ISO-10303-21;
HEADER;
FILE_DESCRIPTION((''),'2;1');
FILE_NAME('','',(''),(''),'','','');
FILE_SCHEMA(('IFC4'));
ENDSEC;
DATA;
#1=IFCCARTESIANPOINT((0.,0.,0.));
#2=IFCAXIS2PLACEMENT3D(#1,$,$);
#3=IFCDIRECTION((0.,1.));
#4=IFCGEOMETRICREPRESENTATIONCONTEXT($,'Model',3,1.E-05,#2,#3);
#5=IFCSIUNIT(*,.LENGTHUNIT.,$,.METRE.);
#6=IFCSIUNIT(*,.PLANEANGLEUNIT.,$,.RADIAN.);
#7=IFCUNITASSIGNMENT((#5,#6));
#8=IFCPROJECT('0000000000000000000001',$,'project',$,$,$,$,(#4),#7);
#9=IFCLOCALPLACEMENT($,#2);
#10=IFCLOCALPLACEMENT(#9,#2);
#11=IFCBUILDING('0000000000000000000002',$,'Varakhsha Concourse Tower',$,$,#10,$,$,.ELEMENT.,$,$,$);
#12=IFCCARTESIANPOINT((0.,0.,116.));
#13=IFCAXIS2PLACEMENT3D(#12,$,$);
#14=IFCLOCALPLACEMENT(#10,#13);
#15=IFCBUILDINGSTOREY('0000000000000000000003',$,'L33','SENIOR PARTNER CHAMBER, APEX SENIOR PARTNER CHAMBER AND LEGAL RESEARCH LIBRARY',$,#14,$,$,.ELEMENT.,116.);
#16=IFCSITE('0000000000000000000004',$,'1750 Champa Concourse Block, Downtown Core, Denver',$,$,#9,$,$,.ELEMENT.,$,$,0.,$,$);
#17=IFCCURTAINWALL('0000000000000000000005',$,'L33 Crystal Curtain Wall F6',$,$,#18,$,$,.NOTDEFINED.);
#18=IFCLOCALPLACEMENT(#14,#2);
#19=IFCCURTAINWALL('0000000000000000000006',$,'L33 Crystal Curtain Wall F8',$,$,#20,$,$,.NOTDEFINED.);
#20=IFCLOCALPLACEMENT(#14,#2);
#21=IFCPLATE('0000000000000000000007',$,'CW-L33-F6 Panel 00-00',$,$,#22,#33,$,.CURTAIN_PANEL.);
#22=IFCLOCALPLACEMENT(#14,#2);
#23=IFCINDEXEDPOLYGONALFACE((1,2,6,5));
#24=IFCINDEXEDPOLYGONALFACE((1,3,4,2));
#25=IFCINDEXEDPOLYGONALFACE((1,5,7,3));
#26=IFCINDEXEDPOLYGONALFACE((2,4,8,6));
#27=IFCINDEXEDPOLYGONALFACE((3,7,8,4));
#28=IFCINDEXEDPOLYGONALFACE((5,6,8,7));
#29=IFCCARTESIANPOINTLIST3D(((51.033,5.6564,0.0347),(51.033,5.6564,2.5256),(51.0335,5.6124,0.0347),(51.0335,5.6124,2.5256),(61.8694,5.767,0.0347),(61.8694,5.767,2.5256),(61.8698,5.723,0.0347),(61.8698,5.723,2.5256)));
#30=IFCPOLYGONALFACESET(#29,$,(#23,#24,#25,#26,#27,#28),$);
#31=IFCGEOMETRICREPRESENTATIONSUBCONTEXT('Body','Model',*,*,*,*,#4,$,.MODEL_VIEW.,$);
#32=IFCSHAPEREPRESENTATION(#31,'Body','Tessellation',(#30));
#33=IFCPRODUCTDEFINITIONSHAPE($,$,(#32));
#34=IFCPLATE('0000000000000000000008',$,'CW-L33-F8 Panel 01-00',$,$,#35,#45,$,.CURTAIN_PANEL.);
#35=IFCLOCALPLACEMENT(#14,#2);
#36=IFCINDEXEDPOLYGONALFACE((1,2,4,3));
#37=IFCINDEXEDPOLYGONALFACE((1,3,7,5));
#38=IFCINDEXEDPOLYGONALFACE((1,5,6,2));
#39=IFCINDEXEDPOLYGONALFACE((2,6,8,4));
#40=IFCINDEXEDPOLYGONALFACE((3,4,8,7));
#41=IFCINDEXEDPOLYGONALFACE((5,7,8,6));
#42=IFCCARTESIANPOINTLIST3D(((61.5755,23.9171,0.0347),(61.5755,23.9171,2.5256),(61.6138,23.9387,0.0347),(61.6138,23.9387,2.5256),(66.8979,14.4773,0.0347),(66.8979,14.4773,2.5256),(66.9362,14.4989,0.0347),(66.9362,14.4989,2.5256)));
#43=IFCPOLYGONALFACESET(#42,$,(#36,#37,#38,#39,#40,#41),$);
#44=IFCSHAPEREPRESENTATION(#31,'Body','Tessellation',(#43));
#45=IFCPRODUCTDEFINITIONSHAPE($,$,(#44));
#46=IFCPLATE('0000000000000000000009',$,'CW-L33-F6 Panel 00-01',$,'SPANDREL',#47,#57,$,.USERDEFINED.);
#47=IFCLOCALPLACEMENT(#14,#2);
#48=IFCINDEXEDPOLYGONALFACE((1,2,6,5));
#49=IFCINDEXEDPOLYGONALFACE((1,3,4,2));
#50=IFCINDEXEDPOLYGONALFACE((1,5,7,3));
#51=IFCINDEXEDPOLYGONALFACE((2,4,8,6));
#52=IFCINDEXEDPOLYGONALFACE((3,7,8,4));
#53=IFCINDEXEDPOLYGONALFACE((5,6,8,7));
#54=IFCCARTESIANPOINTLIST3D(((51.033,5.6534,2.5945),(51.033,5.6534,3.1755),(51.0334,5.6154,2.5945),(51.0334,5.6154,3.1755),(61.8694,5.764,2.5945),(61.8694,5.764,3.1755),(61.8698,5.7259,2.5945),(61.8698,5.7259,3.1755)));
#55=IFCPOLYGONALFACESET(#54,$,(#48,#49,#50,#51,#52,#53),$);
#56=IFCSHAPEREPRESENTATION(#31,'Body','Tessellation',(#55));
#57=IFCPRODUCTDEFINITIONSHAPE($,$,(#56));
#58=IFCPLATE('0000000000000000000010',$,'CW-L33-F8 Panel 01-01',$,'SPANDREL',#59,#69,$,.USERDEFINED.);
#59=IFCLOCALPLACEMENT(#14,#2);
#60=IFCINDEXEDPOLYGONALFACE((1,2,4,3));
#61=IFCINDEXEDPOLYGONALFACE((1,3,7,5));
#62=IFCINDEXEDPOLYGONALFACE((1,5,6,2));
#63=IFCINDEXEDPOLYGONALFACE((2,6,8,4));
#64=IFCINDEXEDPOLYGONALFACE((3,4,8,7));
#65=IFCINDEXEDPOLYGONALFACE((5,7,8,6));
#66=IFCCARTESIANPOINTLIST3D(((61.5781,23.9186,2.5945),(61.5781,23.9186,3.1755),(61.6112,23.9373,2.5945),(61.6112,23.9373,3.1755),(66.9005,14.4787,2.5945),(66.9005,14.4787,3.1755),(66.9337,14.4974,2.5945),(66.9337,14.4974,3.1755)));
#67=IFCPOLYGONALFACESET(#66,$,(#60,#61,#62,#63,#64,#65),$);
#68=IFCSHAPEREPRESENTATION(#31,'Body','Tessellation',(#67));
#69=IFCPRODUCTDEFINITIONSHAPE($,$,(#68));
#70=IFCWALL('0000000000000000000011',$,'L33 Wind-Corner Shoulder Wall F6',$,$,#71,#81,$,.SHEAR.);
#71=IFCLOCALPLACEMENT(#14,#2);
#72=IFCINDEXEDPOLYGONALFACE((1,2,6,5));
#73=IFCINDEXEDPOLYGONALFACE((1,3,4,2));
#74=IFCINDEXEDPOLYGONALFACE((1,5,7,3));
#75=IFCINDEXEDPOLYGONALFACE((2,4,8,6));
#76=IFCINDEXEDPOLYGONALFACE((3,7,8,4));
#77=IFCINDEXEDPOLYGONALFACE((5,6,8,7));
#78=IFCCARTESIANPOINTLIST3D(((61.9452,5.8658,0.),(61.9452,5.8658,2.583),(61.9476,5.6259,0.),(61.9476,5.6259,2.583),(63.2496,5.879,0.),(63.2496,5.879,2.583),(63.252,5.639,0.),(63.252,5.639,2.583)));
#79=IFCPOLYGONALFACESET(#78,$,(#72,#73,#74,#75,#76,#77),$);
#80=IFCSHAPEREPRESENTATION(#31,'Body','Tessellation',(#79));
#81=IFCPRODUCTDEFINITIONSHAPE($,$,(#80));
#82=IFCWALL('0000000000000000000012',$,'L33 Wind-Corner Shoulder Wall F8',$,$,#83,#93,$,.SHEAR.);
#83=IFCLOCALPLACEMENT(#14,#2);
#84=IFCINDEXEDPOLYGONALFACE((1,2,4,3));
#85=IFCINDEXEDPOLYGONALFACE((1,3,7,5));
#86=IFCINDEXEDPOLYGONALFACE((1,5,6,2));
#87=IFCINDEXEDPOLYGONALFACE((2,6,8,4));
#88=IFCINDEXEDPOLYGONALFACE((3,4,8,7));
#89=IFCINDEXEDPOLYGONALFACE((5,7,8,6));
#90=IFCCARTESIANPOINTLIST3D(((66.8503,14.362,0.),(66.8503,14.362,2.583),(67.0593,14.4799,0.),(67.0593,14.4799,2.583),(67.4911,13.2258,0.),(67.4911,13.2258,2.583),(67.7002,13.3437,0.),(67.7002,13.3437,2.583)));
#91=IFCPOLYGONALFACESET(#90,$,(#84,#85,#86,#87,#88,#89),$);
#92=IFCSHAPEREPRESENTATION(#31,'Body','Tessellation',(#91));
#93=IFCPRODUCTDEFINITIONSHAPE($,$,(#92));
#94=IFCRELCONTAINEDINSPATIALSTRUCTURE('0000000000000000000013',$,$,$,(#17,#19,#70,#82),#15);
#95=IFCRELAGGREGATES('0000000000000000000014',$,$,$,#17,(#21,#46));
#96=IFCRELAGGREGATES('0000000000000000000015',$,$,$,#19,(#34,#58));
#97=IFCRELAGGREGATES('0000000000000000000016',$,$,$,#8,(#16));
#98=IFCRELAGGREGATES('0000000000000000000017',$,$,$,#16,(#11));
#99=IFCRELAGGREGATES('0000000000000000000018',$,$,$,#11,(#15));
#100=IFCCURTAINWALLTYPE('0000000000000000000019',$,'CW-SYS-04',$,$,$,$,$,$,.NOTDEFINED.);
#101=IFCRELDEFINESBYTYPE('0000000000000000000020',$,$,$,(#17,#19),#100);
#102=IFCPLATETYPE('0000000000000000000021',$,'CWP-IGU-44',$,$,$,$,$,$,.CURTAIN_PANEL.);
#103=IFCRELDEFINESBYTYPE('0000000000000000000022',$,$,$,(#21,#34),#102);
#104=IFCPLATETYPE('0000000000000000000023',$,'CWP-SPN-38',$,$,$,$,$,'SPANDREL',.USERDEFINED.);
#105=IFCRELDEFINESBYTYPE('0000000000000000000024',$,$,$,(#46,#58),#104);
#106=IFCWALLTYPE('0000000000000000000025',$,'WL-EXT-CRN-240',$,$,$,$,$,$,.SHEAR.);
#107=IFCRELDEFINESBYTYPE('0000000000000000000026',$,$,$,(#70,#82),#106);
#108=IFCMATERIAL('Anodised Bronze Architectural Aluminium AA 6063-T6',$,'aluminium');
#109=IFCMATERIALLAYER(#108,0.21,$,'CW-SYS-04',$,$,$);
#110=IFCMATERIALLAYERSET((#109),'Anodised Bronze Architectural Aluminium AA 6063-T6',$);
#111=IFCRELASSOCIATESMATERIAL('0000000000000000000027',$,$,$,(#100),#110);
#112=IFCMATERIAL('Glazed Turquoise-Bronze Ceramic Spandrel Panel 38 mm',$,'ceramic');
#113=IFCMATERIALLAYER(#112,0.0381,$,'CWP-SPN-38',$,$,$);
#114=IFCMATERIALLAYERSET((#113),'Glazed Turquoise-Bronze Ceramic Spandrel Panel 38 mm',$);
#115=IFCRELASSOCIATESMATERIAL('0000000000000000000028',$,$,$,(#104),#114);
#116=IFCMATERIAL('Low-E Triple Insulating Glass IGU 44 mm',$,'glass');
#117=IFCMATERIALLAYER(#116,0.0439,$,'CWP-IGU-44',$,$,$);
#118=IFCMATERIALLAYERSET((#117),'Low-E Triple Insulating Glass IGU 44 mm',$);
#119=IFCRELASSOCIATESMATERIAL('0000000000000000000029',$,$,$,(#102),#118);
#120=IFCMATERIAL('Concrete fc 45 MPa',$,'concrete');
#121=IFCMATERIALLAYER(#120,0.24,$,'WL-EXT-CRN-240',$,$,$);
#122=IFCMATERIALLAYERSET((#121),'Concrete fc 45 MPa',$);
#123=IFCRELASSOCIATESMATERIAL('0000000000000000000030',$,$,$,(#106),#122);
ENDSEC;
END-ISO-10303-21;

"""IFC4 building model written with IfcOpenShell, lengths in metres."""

from ifc_helpers import new_model, si_unit, direction, frame, frame_2d, origin, origin_2d, place, context, subcontext, project, spatial, rectangle, extrude, source, transform, mapped, material, layer, layer_set, type_object, type_shapes, element, aggregate, save


model = new_model("IFC4")

# Units and contexts
model_context = context("Model", 3, precision=1e-05, world=origin(), true_north=direction((0.0, 1.0)))
body_context = subcontext(model_context, "Body", "Model", "MODEL_VIEW")
ifc_project = project(units=[si_unit("LENGTHUNIT", "METRE"), si_unit("PLANEANGLEUNIT", "RADIAN")], contexts=[model_context])

# Site, building, storey
site_placement = place(None, origin())
site = spatial("IfcSite", under=ifc_project, at=site_placement, Name="1750 Champa Concourse Block, Downtown Core, Denver", CompositionType="ELEMENT", RefElevation=0.0)
building_placement = place(site_placement, origin())
building = spatial("IfcBuilding", under=site, at=building_placement, Name="Varakhsha Concourse Tower", CompositionType="ELEMENT")
storey_placement = place(building_placement, frame((0.0, 0.0, 116.0)))
storey = spatial("IfcBuildingStorey", under=building, at=storey_placement, Name="L33", Description="SENIOR PARTNER CHAMBER, APEX SENIOR PARTNER CHAMBER AND LEGAL RESEARCH LIBRARY", CompositionType="ELEMENT", Elevation=116.0)

# Curtain wall
ifc_material_1 = material(Name="Anodised Bronze Architectural Aluminium AA 6063-T6", Category="aluminium")
ifc_layer_1 = layer(ifc_material_1, 0.21, Name="CW-SYS-04")
ifc_layer_set_1 = layer_set([ifc_layer_1], Name="Anodised Bronze Architectural Aluminium AA 6063-T6")
curtain_wall_type = type_object("IfcCurtainWallType", Name="CW-SYS-04", PredefinedType="NOTDEFINED", material=ifc_layer_set_1)
curtain_wall_1_placement = place(storey_placement, origin())
curtain_wall_1 = element("IfcCurtainWall", 1, at=curtain_wall_1_placement, inside=storey, type_object=curtain_wall_type, Name="L33 Crystal Curtain Wall F6", PredefinedType="NOTDEFINED")

# Curtain wall
curtain_wall_2_placement = place(storey_placement, origin())
curtain_wall_2 = element("IfcCurtainWall", 2, at=curtain_wall_2_placement, inside=storey, type_object=curtain_wall_type, Name="L33 Crystal Curtain Wall F8", PredefinedType="NOTDEFINED")

# Plates
ifc_material_2 = material(Name="Glazed Turquoise-Bronze Ceramic Spandrel Panel 38 mm", Category="ceramic")
ifc_layer_2 = layer(ifc_material_2, 0.0381, Name="CWP-SPN-38")
ifc_layer_set_2 = layer_set([ifc_layer_2], Name="Glazed Turquoise-Bronze Ceramic Spandrel Panel 38 mm")
plate_type_1 = type_object("IfcPlateType", Name="CWP-SPN-38", ElementType="SPANDREL", PredefinedType="USERDEFINED", material=ifc_layer_set_2)
ifc_material_3 = material(Name="Low-E Triple Insulating Glass IGU 44 mm", Category="glass")
ifc_layer_3 = layer(ifc_material_3, 0.0439, Name="CWP-IGU-44")
ifc_layer_set_3 = layer_set([ifc_layer_3], Name="Low-E Triple Insulating Glass IGU 44 mm")
plate_type_2 = type_object("IfcPlateType", Name="CWP-IGU-44", PredefinedType="CURTAIN_PANEL", material=ifc_layer_set_3)
shared_shape_1 = source(origin(), body_context, "Body", "SweptSolid", [
    extrude(rectangle(XDim=10.8369, YDim=0.0439, at=origin_2d()), origin(), (0.0, 0.0, 1.0), 2.491),
])
type_shapes(plate_type_2, [shared_shape_1])
plate_1_placement = place(storey_placement, frame((56.4514, 5.6897, 0.0347), z_axis=(0.0, 0.0, 1.0), x_axis=(-0.999948, -0.010205, 0.0)))
plate_1 = element("IfcPlate", 3, at=plate_1_placement, type_object=plate_type_2, Name="CW-L33-F6 Panel 00-00", PredefinedType="CURTAIN_PANEL", context=body_context, shape_type="MappedRepresentation", body=[
    mapped(shared_shape_1, transform((0.0, 0.0, 0.0), scale=1.0)),
])
plate_2_placement = place(storey_placement, frame((64.2559, 19.208, 0.0347), z_axis=(0.0, 0.0, 1.0), x_axis=(0.491138, -0.871082, 0.0)))
plate_2 = element("IfcPlate", 4, at=plate_2_placement, type_object=plate_type_2, Name="CW-L33-F8 Panel 01-00", PredefinedType="CURTAIN_PANEL", context=body_context, shape_type="MappedRepresentation", body=[
    mapped(shared_shape_1, transform((0.0, 0.0, 0.0), scale=1.0)),
])
shared_shape_2 = source(origin(), body_context, "Body", "SweptSolid", [
    extrude(rectangle(XDim=10.8369, YDim=0.0381, at=origin_2d()), origin(), (0.0, 0.0, 1.0), 0.5811),
])
plate_3_placement = place(storey_placement, frame((56.4514, 5.6897, 2.5945), z_axis=(0.0, 0.0, 1.0), x_axis=(-0.999948, -0.010205, 0.0)))
plate_3 = element("IfcPlate", 5, at=plate_3_placement, type_object=plate_type_1, Name="CW-L33-F6 Panel 00-01", ObjectType="SPANDREL", PredefinedType="USERDEFINED", context=body_context, shape_type="MappedRepresentation", body=[
    mapped(shared_shape_2, transform((0.0, 0.0, 0.0), scale=1.0)),
])
aggregate(curtain_wall_1, [plate_1, plate_3])
plate_4_placement = place(storey_placement, frame((64.2559, 19.208, 2.5945), z_axis=(0.0, 0.0, 1.0), x_axis=(0.491138, -0.871082, 0.0)))
plate_4 = element("IfcPlate", 6, at=plate_4_placement, type_object=plate_type_1, Name="CW-L33-F8 Panel 01-01", ObjectType="SPANDREL", PredefinedType="USERDEFINED", context=body_context, shape_type="MappedRepresentation", body=[
    mapped(shared_shape_2, transform((0.0, 0.0, 0.0), scale=1.0)),
])
aggregate(curtain_wall_2, [plate_2, plate_4])

# Walls
ifc_material_4 = material(Name="Concrete fc 45 MPa", Category="concrete")
ifc_layer_4 = layer(ifc_material_4, 0.24, Name="WL-EXT-CRN-240")
ifc_layer_set_4 = layer_set([ifc_layer_4], Name="Concrete fc 45 MPa")
wall_type = type_object("IfcWallType", Name="WL-EXT-CRN-240", PredefinedType="SHEAR", material=ifc_layer_set_4)
for number, where, z_axis, x_axis, name in (
    (7, (61.9463, 5.7458, 0.0), (0.0, 0.0, 1.0), (0.999949, 0.010106, 0.0), "L33 Wind-Corner Shoulder Wall F6"),
    (8, (67.5957, 13.2847, 0.0), (0.0, 0.0, 1.0), (-0.491274, 0.871005, 0.0), "L33 Wind-Corner Shoulder Wall F8"),
):
    element("IfcWall", number, at=place(storey_placement, frame(where, z_axis=z_axis, x_axis=x_axis)), inside=storey, type_object=wall_type, Name=name, PredefinedType="SHEAR", context=body_context, shape_type="SweptSolid", body=[
        extrude(rectangle(XDim=1.3044, YDim=0.24, at=frame_2d((0.6523, 0.0))), origin(), (0.0, 0.0, 1.0), 2.583),
    ])

save(model, "model.ifc")
